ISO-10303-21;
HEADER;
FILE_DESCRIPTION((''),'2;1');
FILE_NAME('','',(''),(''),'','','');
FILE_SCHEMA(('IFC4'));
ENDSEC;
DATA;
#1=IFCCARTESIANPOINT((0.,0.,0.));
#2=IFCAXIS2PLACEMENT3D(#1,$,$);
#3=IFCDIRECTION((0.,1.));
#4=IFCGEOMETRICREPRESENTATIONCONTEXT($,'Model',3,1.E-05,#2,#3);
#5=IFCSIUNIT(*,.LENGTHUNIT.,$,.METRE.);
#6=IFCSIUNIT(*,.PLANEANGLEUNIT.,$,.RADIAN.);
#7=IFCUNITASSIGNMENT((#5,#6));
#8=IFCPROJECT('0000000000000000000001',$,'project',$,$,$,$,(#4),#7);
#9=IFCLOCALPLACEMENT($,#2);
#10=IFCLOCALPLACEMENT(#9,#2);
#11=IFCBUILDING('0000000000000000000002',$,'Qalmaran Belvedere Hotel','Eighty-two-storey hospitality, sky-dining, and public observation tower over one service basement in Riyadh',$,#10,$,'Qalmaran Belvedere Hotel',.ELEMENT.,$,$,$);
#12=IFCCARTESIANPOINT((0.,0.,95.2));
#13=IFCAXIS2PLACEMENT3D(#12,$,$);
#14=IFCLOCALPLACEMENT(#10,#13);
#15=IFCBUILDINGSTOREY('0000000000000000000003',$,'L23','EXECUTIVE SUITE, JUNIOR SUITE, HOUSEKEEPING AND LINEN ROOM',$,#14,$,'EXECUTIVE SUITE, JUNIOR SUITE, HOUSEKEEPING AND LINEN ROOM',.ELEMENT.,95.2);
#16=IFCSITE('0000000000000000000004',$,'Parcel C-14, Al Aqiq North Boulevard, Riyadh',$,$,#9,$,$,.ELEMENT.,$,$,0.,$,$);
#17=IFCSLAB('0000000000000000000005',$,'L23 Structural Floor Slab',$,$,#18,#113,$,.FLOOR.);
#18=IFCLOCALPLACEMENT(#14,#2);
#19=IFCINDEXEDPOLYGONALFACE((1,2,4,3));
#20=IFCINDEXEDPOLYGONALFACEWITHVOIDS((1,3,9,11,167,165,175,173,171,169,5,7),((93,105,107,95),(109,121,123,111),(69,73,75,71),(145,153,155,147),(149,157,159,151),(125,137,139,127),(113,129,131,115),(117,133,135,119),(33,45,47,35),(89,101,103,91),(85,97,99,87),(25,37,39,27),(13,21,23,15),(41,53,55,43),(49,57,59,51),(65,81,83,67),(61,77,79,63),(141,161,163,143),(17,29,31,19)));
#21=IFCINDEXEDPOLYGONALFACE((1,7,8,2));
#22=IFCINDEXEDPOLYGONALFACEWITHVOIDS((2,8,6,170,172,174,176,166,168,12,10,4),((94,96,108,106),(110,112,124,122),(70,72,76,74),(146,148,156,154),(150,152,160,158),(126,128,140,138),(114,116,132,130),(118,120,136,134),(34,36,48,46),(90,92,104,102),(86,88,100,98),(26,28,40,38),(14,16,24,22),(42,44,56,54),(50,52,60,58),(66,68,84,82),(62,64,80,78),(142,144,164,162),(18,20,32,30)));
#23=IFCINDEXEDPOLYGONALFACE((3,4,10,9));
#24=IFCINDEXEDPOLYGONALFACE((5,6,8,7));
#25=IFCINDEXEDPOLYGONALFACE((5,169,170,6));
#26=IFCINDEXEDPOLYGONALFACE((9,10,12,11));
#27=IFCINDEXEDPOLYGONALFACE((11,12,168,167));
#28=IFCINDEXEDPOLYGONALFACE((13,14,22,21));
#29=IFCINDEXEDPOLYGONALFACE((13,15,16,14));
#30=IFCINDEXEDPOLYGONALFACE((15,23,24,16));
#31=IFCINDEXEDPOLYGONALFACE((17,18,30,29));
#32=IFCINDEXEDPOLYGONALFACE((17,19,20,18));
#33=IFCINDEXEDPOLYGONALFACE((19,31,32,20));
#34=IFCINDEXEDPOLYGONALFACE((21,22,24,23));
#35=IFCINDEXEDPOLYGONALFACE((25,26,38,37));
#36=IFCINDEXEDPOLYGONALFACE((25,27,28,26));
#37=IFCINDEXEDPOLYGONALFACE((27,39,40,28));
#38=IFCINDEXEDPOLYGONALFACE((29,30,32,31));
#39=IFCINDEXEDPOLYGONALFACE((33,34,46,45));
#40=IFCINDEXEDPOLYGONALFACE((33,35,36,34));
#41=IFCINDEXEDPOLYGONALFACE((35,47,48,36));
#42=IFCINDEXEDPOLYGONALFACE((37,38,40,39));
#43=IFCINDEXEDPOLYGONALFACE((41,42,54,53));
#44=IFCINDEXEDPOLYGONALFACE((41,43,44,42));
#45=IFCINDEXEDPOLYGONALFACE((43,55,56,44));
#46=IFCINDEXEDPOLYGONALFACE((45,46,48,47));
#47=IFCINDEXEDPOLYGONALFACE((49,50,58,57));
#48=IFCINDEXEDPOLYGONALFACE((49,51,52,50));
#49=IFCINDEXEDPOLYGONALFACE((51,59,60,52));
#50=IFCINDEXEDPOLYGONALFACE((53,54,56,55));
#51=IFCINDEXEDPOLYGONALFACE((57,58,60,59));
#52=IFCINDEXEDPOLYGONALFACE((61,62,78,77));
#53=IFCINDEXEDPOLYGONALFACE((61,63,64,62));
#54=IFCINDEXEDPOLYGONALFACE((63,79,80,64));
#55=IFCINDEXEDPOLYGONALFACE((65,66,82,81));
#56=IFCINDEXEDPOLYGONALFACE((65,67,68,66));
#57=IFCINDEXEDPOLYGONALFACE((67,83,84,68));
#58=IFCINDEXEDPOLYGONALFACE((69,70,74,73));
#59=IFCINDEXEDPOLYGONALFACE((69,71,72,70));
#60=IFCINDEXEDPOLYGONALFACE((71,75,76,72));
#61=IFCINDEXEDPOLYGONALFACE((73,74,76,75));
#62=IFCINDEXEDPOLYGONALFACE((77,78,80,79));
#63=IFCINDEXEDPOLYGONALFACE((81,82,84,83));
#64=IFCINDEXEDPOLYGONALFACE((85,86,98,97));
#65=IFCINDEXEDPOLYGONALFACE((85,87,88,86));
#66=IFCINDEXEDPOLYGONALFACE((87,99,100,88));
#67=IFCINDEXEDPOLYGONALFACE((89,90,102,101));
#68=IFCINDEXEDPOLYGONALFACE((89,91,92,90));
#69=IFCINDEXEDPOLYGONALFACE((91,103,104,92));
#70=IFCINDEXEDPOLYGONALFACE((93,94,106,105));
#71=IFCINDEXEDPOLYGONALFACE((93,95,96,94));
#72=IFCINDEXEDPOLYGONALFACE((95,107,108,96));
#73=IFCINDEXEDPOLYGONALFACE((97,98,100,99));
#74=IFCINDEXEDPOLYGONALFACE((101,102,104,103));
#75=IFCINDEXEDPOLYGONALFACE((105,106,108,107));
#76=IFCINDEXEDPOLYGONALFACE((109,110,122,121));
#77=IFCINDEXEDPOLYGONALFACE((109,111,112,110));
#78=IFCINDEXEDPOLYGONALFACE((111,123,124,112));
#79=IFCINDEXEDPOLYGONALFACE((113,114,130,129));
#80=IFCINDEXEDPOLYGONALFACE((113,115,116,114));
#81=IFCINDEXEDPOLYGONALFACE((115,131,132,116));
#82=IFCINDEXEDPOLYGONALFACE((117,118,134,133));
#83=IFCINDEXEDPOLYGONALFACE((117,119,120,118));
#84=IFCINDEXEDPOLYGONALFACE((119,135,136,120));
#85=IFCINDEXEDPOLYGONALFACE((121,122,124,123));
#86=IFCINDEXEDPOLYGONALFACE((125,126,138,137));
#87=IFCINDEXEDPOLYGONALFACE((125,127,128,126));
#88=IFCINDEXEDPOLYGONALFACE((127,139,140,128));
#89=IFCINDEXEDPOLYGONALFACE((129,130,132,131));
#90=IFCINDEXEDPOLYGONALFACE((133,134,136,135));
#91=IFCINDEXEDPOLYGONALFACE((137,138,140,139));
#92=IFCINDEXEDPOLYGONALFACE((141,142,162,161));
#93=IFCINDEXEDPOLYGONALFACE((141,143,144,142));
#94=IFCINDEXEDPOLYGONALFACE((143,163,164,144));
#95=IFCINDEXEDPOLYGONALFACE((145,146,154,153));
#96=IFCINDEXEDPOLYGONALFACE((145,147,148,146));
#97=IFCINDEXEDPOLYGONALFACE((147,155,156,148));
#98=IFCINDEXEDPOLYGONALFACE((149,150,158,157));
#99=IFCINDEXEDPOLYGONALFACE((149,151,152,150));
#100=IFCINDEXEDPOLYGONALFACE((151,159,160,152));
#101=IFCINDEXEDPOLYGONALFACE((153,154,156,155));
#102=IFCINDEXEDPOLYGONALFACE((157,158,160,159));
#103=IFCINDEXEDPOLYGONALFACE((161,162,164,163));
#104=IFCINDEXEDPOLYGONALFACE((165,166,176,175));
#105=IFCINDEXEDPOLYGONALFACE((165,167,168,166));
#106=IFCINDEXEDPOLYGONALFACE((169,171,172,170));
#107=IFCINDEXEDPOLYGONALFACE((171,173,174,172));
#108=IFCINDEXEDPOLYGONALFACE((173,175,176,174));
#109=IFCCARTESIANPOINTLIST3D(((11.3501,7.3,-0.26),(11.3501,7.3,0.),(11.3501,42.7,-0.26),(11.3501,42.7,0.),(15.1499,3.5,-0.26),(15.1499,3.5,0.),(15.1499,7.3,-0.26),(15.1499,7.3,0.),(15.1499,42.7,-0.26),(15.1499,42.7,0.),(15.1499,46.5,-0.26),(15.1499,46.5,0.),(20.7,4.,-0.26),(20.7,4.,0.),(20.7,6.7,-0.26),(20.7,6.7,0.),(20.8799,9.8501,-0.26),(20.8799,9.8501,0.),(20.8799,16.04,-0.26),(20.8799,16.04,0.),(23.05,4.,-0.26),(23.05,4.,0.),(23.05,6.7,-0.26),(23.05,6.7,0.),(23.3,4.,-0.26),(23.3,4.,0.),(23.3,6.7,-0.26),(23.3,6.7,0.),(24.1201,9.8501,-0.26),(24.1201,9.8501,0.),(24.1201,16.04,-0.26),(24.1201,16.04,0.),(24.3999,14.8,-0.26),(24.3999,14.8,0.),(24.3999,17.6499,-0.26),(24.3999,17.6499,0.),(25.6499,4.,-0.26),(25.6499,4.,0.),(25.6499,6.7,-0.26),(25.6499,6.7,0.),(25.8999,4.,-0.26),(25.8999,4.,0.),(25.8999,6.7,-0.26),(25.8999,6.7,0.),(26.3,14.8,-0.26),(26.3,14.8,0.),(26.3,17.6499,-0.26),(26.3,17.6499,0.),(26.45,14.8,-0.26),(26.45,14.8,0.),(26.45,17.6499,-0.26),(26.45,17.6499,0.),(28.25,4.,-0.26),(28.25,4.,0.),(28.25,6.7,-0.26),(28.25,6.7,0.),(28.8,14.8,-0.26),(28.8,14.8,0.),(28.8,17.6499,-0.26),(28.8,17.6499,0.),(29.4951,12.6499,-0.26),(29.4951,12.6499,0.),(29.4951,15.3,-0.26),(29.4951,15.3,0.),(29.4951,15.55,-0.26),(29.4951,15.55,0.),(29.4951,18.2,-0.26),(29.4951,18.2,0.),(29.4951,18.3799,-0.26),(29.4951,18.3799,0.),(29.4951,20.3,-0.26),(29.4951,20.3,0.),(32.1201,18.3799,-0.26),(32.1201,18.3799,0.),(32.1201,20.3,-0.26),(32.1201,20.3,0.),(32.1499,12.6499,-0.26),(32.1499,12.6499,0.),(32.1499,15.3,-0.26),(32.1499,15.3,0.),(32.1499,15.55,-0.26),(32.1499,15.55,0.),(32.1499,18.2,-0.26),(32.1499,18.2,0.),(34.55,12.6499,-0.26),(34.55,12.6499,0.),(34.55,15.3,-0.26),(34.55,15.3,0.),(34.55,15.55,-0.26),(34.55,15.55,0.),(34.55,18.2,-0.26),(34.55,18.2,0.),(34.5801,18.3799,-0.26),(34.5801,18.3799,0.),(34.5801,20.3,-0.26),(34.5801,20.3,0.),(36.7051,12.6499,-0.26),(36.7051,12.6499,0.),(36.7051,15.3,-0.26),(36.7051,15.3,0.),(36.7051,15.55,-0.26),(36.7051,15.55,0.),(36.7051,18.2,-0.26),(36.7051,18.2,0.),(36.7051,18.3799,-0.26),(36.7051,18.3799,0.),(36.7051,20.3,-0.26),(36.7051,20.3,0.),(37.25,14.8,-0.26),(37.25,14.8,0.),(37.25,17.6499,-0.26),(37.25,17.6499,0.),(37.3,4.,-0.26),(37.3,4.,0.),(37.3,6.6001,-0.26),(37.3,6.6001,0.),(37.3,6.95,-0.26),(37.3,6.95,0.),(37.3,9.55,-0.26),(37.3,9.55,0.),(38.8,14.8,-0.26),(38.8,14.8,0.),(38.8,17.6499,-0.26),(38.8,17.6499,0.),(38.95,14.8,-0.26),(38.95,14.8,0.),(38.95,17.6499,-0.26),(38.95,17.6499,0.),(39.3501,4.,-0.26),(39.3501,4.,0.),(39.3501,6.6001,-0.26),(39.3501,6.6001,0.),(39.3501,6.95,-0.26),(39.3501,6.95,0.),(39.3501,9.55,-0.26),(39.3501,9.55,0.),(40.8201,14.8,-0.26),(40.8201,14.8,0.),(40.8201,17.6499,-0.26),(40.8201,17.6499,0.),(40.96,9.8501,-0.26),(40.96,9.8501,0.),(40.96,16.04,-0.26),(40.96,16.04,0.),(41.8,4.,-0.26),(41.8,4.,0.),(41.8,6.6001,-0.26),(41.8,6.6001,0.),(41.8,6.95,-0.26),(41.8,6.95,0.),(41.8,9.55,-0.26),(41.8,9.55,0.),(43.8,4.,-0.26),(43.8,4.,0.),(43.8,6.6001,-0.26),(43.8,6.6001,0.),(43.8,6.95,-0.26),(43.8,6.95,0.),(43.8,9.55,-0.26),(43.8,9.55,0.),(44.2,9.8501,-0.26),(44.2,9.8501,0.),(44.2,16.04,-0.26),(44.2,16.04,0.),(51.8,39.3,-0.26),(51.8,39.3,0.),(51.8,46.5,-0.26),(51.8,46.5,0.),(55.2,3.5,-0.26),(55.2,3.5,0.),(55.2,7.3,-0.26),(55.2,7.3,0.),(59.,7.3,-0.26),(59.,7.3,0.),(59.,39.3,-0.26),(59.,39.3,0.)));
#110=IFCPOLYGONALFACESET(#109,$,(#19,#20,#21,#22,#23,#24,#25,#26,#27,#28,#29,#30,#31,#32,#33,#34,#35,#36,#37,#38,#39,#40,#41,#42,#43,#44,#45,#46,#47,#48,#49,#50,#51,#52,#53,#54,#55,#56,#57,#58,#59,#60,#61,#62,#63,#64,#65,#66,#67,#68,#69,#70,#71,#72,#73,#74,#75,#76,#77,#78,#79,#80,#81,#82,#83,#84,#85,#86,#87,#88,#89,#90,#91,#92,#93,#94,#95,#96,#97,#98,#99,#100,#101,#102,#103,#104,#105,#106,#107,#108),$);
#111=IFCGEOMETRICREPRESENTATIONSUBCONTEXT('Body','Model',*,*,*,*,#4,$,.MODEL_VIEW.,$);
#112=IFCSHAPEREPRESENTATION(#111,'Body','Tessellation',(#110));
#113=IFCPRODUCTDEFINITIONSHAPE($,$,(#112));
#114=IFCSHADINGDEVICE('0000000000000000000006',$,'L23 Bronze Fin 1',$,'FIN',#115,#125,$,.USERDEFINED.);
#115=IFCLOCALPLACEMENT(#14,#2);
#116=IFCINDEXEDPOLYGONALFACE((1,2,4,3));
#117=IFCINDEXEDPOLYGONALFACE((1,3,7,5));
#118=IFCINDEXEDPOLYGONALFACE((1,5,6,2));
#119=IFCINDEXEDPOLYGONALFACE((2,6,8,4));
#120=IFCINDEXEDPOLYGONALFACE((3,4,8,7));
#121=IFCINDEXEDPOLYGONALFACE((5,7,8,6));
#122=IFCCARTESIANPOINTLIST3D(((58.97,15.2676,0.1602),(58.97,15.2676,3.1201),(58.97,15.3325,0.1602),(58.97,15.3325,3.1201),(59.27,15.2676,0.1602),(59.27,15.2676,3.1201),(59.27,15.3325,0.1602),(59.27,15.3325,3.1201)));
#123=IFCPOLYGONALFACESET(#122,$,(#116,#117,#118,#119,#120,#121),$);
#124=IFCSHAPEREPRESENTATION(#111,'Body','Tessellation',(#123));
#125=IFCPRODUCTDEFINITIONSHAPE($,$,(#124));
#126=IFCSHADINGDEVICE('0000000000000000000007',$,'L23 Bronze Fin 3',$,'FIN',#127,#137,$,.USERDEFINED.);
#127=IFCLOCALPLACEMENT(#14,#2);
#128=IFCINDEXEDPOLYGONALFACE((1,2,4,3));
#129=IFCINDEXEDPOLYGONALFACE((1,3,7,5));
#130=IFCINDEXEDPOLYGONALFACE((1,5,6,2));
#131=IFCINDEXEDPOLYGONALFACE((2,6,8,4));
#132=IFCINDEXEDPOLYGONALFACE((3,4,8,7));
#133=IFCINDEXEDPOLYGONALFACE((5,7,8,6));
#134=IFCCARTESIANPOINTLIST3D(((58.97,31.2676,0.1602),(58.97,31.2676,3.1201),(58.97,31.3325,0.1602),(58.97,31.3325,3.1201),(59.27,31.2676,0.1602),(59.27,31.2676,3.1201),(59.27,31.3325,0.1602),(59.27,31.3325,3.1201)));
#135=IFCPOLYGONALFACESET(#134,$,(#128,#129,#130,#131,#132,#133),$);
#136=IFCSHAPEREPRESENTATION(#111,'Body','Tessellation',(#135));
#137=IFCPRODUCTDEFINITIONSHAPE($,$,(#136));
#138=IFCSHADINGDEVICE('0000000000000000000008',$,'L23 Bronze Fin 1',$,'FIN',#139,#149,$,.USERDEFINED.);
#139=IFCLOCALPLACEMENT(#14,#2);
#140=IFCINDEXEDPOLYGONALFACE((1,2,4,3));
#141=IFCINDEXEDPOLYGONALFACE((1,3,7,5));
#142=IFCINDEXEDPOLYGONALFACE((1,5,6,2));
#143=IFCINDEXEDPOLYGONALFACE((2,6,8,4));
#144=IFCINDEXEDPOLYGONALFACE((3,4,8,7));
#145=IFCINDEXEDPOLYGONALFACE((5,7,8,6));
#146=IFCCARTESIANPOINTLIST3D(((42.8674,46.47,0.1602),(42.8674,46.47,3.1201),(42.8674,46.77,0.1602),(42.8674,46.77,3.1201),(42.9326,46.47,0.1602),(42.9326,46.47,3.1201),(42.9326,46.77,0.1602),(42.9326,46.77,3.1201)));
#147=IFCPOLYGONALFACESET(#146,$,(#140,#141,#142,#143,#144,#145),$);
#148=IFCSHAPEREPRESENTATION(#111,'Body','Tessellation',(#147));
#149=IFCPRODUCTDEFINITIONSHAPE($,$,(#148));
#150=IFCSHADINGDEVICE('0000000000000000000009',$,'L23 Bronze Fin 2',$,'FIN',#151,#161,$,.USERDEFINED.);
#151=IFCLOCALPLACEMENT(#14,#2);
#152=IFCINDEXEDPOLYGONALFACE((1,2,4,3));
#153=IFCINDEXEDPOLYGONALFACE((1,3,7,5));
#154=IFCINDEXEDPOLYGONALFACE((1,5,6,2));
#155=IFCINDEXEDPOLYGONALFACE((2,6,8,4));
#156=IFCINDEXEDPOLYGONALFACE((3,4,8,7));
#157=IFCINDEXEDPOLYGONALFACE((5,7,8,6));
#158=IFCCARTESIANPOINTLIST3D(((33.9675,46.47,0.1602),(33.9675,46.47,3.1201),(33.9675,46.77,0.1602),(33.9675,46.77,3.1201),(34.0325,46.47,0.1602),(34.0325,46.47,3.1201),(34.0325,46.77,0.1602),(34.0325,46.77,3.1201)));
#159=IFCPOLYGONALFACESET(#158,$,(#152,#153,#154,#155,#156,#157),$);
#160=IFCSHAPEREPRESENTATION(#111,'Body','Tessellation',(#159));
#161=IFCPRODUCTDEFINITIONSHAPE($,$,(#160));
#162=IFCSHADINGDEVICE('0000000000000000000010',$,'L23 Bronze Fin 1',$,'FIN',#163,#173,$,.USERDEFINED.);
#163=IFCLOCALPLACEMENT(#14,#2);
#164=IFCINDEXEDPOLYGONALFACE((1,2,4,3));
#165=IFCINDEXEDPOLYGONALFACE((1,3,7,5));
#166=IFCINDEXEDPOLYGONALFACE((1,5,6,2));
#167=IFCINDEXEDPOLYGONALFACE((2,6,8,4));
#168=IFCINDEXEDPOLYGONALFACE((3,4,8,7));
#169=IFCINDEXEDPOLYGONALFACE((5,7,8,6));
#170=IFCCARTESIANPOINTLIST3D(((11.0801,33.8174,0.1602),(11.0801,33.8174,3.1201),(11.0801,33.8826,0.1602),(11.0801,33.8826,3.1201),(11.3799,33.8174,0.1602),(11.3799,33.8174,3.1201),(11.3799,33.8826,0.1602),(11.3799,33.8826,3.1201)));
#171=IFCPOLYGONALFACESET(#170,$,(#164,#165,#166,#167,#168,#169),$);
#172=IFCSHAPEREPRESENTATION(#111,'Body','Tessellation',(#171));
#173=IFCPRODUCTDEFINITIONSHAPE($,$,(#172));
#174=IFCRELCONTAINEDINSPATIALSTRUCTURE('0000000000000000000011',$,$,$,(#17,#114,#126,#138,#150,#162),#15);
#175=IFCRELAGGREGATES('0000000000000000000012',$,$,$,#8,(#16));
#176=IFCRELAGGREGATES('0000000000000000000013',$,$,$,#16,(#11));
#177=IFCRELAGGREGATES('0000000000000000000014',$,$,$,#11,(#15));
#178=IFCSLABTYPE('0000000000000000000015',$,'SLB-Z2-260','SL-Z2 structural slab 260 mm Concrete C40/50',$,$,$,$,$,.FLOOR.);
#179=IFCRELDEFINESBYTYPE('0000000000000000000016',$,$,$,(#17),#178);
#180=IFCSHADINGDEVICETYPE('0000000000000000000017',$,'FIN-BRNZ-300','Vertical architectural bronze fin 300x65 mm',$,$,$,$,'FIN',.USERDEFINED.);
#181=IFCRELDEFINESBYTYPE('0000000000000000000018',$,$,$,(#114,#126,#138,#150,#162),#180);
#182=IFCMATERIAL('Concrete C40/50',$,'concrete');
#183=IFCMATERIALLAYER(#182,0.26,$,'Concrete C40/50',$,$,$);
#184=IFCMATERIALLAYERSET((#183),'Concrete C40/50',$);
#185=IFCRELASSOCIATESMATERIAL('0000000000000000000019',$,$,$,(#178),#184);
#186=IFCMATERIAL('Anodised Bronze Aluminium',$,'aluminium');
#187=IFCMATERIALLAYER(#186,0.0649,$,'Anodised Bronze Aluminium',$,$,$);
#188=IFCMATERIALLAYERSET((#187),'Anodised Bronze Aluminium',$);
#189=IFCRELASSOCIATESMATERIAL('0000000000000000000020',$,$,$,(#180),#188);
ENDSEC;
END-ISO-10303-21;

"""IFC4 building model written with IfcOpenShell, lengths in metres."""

from ifc_helpers import new_model, si_unit, direction, frame, origin, place, context, subcontext, project, spatial, polyline, outline, extrude, material, layer, layer_set, type_object, element, save


model = new_model("IFC4")

# Units and contexts
model_context = context("Model", 3, precision=1e-05, world=origin(), true_north=direction((0.0, 1.0)))
body_context = subcontext(model_context, "Body", "Model", "MODEL_VIEW")
ifc_project = project(units=[si_unit("LENGTHUNIT", "METRE"), si_unit("PLANEANGLEUNIT", "RADIAN")], contexts=[model_context])

# Site, building, storey
site_placement = place(None, origin())
site = spatial("IfcSite", under=ifc_project, at=site_placement, Name="Parcel C-14, Al Aqiq North Boulevard, Riyadh", CompositionType="ELEMENT", RefElevation=0.0)
building_placement = place(site_placement, origin())
building = spatial("IfcBuilding", under=site, at=building_placement, Name="Qalmaran Belvedere Hotel", Description="Eighty-two-storey hospitality, sky-dining, and public observation tower over one service basement in Riyadh", LongName="Qalmaran Belvedere Hotel", CompositionType="ELEMENT")
storey_placement = place(building_placement, frame((0.0, 0.0, 95.2)))
storey = spatial("IfcBuildingStorey", under=building, at=storey_placement, Name="L23", Description="EXECUTIVE SUITE, JUNIOR SUITE, HOUSEKEEPING AND LINEN ROOM", LongName="EXECUTIVE SUITE, JUNIOR SUITE, HOUSEKEEPING AND LINEN ROOM", CompositionType="ELEMENT", Elevation=95.2)

# Shared definitions
ifc_material_1 = material(Name="Anodised Bronze Aluminium", Category="aluminium")

# Shared definitions
ifc_material_2 = material(Name="Concrete C40/50", Category="concrete")

# Slab
ifc_layer_1 = layer(ifc_material_2, 0.26, Name="Concrete C40/50")
ifc_layer_set_1 = layer_set([ifc_layer_1], Name="Concrete C40/50")
slab_type_1 = type_object("IfcSlabType", Name="SLB-Z2-260", Description="SL-Z2 structural slab 260 mm Concrete C40/50", PredefinedType="FLOOR", material=ifc_layer_set_1)
slab_1_placement = place(storey_placement, frame((0.0, 0.0, -0.26)))
element("IfcSlab", 1, at=slab_1_placement, inside=storey, type_object=slab_type_1, Name="L23 Structural Floor Slab", PredefinedType="FLOOR", context=body_context, shape_type="SweptSolid", body=[
    extrude(outline(polyline([(15.1499, 3.5), (55.2, 3.5), (55.2, 7.3), (59.0, 7.3), (59.0, 39.3), (51.8, 39.3), (51.8, 46.5), (15.1499, 46.5), (15.1499, 42.7), (11.3501, 42.7), (11.3501, 7.3), (15.1499, 7.3), (15.1499, 3.5)]), holes=[polyline([(20.8799, 9.8501), (24.1201, 9.8501), (24.1201, 16.04), (20.8799, 16.04), (20.8799, 9.8501)]), polyline([(40.96, 9.8501), (44.2, 9.8501), (44.2, 16.04), (40.96, 16.04), (40.96, 9.8501)]), polyline([(29.4951, 12.6499), (32.1499, 12.6499), (32.1499, 15.3), (29.4951, 15.3), (29.4951, 12.6499)]), polyline([(29.4951, 15.55), (32.1499, 15.55), (32.1499, 18.2), (29.4951, 18.2), (29.4951, 15.55)]), polyline([(34.55, 12.6499), (36.7051, 12.6499), (36.7051, 15.3), (34.55, 15.3), (34.55, 12.6499)]), polyline([(34.55, 15.55), (36.7051, 15.55), (36.7051, 18.2), (34.55, 18.2), (34.55, 15.55)]), polyline([(37.3, 4.0), (39.3501, 4.0), (39.3501, 6.6001), (37.3, 6.6001), (37.3, 4.0)]), polyline([(37.3, 6.95), (39.3501, 6.95), (39.3501, 9.55), (37.3, 9.55), (37.3, 6.95)]), polyline([(41.8, 4.0), (43.8, 4.0), (43.8, 6.6001), (41.8, 6.6001), (41.8, 4.0)]), polyline([(41.8, 6.95), (43.8, 6.95), (43.8, 9.55), (41.8, 9.55), (41.8, 6.95)]), polyline([(20.7, 4.0), (23.05, 4.0), (23.05, 6.7), (20.7, 6.7), (20.7, 4.0)]), polyline([(23.3, 4.0), (25.6499, 4.0), (25.6499, 6.7), (23.3, 6.7), (23.3, 4.0)]), polyline([(25.8999, 4.0), (28.25, 4.0), (28.25, 6.7), (25.8999, 6.7), (25.8999, 4.0)]), polyline([(24.3999, 14.8), (26.3, 14.8), (26.3, 17.6499), (24.3999, 17.6499), (24.3999, 14.8)]), polyline([(38.95, 14.8), (40.8201, 14.8), (40.8201, 17.6499), (38.95, 17.6499), (38.95, 14.8)]), polyline([(26.45, 14.8), (28.8, 14.8), (28.8, 17.6499), (26.45, 17.6499), (26.45, 14.8)]), polyline([(37.25, 14.8), (38.8, 14.8), (38.8, 17.6499), (37.25, 17.6499), (37.25, 14.8)]), polyline([(29.4951, 18.3799), (32.1201, 18.3799), (32.1201, 20.3), (29.4951, 20.3), (29.4951, 18.3799)]), polyline([(34.5801, 18.3799), (36.7051, 18.3799), (36.7051, 20.3), (34.5801, 20.3), (34.5801, 18.3799)])]), origin(), (0.0, 0.0, 1.0), 0.26),
])

# Shading devices
ifc_layer_2 = layer(ifc_material_1, 0.0649, Name="Anodised Bronze Aluminium")
ifc_layer_set_2 = layer_set([ifc_layer_2], Name="Anodised Bronze Aluminium")
shading_device_type = type_object("IfcShadingDeviceType", Name="FIN-BRNZ-300", Description="Vertical architectural bronze fin 300x65 mm", ElementType="FIN", PredefinedType="USERDEFINED", material=ifc_layer_set_2)
shading_device_1_placement = place(storey_placement, frame((0.0, 0.0, 0.1602)))
element("IfcShadingDevice", 2, at=shading_device_1_placement, inside=storey, type_object=shading_device_type, Name="L23 Bronze Fin 1", ObjectType="FIN", PredefinedType="USERDEFINED", context=body_context, shape_type="SweptSolid", body=[
    extrude(outline(polyline([(58.97, 15.2676), (59.27, 15.2676), (59.27, 15.3325), (58.97, 15.3325), (58.97, 15.2676)])), origin(), (0.0, 0.0, 1.0), 2.96),
])
shading_device_2_placement = place(storey_placement, frame((0.0, 0.0, 0.1602)))
element("IfcShadingDevice", 3, at=shading_device_2_placement, inside=storey, type_object=shading_device_type, Name="L23 Bronze Fin 3", ObjectType="FIN", PredefinedType="USERDEFINED", context=body_context, shape_type="SweptSolid", body=[
    extrude(outline(polyline([(58.97, 31.2676), (59.27, 31.2676), (59.27, 31.3325), (58.97, 31.3325), (58.97, 31.2676)])), origin(), (0.0, 0.0, 1.0), 2.96),
])
shading_device_3_placement = place(storey_placement, frame((0.0, 0.0, 0.1602)))
element("IfcShadingDevice", 4, at=shading_device_3_placement, inside=storey, type_object=shading_device_type, Name="L23 Bronze Fin 1", ObjectType="FIN", PredefinedType="USERDEFINED", context=body_context, shape_type="SweptSolid", body=[
    extrude(outline(polyline([(42.9326, 46.47), (42.9326, 46.77), (42.8674, 46.77), (42.8674, 46.47), (42.9326, 46.47)])), origin(), (0.0, 0.0, 1.0), 2.96),
])
shading_device_4_placement = place(storey_placement, frame((0.0, 0.0, 0.1602)))
element("IfcShadingDevice", 5, at=shading_device_4_placement, inside=storey, type_object=shading_device_type, Name="L23 Bronze Fin 2", ObjectType="FIN", PredefinedType="USERDEFINED", context=body_context, shape_type="SweptSolid", body=[
    extrude(outline(polyline([(34.0325, 46.47), (34.0325, 46.77), (33.9675, 46.77), (33.9675, 46.47), (34.0325, 46.47)])), origin(), (0.0, 0.0, 1.0), 2.96),
])
shading_device_5_placement = place(storey_placement, frame((0.0, 0.0, 0.1602)))
element("IfcShadingDevice", 6, at=shading_device_5_placement, inside=storey, type_object=shading_device_type, Name="L23 Bronze Fin 1", ObjectType="FIN", PredefinedType="USERDEFINED", context=body_context, shape_type="SweptSolid", body=[
    extrude(outline(polyline([(11.3799, 33.8826), (11.0801, 33.8826), (11.0801, 33.8174), (11.3799, 33.8174), (11.3799, 33.8826)])), origin(), (0.0, 0.0, 1.0), 2.96),
])

save(model, "model.ifc")
